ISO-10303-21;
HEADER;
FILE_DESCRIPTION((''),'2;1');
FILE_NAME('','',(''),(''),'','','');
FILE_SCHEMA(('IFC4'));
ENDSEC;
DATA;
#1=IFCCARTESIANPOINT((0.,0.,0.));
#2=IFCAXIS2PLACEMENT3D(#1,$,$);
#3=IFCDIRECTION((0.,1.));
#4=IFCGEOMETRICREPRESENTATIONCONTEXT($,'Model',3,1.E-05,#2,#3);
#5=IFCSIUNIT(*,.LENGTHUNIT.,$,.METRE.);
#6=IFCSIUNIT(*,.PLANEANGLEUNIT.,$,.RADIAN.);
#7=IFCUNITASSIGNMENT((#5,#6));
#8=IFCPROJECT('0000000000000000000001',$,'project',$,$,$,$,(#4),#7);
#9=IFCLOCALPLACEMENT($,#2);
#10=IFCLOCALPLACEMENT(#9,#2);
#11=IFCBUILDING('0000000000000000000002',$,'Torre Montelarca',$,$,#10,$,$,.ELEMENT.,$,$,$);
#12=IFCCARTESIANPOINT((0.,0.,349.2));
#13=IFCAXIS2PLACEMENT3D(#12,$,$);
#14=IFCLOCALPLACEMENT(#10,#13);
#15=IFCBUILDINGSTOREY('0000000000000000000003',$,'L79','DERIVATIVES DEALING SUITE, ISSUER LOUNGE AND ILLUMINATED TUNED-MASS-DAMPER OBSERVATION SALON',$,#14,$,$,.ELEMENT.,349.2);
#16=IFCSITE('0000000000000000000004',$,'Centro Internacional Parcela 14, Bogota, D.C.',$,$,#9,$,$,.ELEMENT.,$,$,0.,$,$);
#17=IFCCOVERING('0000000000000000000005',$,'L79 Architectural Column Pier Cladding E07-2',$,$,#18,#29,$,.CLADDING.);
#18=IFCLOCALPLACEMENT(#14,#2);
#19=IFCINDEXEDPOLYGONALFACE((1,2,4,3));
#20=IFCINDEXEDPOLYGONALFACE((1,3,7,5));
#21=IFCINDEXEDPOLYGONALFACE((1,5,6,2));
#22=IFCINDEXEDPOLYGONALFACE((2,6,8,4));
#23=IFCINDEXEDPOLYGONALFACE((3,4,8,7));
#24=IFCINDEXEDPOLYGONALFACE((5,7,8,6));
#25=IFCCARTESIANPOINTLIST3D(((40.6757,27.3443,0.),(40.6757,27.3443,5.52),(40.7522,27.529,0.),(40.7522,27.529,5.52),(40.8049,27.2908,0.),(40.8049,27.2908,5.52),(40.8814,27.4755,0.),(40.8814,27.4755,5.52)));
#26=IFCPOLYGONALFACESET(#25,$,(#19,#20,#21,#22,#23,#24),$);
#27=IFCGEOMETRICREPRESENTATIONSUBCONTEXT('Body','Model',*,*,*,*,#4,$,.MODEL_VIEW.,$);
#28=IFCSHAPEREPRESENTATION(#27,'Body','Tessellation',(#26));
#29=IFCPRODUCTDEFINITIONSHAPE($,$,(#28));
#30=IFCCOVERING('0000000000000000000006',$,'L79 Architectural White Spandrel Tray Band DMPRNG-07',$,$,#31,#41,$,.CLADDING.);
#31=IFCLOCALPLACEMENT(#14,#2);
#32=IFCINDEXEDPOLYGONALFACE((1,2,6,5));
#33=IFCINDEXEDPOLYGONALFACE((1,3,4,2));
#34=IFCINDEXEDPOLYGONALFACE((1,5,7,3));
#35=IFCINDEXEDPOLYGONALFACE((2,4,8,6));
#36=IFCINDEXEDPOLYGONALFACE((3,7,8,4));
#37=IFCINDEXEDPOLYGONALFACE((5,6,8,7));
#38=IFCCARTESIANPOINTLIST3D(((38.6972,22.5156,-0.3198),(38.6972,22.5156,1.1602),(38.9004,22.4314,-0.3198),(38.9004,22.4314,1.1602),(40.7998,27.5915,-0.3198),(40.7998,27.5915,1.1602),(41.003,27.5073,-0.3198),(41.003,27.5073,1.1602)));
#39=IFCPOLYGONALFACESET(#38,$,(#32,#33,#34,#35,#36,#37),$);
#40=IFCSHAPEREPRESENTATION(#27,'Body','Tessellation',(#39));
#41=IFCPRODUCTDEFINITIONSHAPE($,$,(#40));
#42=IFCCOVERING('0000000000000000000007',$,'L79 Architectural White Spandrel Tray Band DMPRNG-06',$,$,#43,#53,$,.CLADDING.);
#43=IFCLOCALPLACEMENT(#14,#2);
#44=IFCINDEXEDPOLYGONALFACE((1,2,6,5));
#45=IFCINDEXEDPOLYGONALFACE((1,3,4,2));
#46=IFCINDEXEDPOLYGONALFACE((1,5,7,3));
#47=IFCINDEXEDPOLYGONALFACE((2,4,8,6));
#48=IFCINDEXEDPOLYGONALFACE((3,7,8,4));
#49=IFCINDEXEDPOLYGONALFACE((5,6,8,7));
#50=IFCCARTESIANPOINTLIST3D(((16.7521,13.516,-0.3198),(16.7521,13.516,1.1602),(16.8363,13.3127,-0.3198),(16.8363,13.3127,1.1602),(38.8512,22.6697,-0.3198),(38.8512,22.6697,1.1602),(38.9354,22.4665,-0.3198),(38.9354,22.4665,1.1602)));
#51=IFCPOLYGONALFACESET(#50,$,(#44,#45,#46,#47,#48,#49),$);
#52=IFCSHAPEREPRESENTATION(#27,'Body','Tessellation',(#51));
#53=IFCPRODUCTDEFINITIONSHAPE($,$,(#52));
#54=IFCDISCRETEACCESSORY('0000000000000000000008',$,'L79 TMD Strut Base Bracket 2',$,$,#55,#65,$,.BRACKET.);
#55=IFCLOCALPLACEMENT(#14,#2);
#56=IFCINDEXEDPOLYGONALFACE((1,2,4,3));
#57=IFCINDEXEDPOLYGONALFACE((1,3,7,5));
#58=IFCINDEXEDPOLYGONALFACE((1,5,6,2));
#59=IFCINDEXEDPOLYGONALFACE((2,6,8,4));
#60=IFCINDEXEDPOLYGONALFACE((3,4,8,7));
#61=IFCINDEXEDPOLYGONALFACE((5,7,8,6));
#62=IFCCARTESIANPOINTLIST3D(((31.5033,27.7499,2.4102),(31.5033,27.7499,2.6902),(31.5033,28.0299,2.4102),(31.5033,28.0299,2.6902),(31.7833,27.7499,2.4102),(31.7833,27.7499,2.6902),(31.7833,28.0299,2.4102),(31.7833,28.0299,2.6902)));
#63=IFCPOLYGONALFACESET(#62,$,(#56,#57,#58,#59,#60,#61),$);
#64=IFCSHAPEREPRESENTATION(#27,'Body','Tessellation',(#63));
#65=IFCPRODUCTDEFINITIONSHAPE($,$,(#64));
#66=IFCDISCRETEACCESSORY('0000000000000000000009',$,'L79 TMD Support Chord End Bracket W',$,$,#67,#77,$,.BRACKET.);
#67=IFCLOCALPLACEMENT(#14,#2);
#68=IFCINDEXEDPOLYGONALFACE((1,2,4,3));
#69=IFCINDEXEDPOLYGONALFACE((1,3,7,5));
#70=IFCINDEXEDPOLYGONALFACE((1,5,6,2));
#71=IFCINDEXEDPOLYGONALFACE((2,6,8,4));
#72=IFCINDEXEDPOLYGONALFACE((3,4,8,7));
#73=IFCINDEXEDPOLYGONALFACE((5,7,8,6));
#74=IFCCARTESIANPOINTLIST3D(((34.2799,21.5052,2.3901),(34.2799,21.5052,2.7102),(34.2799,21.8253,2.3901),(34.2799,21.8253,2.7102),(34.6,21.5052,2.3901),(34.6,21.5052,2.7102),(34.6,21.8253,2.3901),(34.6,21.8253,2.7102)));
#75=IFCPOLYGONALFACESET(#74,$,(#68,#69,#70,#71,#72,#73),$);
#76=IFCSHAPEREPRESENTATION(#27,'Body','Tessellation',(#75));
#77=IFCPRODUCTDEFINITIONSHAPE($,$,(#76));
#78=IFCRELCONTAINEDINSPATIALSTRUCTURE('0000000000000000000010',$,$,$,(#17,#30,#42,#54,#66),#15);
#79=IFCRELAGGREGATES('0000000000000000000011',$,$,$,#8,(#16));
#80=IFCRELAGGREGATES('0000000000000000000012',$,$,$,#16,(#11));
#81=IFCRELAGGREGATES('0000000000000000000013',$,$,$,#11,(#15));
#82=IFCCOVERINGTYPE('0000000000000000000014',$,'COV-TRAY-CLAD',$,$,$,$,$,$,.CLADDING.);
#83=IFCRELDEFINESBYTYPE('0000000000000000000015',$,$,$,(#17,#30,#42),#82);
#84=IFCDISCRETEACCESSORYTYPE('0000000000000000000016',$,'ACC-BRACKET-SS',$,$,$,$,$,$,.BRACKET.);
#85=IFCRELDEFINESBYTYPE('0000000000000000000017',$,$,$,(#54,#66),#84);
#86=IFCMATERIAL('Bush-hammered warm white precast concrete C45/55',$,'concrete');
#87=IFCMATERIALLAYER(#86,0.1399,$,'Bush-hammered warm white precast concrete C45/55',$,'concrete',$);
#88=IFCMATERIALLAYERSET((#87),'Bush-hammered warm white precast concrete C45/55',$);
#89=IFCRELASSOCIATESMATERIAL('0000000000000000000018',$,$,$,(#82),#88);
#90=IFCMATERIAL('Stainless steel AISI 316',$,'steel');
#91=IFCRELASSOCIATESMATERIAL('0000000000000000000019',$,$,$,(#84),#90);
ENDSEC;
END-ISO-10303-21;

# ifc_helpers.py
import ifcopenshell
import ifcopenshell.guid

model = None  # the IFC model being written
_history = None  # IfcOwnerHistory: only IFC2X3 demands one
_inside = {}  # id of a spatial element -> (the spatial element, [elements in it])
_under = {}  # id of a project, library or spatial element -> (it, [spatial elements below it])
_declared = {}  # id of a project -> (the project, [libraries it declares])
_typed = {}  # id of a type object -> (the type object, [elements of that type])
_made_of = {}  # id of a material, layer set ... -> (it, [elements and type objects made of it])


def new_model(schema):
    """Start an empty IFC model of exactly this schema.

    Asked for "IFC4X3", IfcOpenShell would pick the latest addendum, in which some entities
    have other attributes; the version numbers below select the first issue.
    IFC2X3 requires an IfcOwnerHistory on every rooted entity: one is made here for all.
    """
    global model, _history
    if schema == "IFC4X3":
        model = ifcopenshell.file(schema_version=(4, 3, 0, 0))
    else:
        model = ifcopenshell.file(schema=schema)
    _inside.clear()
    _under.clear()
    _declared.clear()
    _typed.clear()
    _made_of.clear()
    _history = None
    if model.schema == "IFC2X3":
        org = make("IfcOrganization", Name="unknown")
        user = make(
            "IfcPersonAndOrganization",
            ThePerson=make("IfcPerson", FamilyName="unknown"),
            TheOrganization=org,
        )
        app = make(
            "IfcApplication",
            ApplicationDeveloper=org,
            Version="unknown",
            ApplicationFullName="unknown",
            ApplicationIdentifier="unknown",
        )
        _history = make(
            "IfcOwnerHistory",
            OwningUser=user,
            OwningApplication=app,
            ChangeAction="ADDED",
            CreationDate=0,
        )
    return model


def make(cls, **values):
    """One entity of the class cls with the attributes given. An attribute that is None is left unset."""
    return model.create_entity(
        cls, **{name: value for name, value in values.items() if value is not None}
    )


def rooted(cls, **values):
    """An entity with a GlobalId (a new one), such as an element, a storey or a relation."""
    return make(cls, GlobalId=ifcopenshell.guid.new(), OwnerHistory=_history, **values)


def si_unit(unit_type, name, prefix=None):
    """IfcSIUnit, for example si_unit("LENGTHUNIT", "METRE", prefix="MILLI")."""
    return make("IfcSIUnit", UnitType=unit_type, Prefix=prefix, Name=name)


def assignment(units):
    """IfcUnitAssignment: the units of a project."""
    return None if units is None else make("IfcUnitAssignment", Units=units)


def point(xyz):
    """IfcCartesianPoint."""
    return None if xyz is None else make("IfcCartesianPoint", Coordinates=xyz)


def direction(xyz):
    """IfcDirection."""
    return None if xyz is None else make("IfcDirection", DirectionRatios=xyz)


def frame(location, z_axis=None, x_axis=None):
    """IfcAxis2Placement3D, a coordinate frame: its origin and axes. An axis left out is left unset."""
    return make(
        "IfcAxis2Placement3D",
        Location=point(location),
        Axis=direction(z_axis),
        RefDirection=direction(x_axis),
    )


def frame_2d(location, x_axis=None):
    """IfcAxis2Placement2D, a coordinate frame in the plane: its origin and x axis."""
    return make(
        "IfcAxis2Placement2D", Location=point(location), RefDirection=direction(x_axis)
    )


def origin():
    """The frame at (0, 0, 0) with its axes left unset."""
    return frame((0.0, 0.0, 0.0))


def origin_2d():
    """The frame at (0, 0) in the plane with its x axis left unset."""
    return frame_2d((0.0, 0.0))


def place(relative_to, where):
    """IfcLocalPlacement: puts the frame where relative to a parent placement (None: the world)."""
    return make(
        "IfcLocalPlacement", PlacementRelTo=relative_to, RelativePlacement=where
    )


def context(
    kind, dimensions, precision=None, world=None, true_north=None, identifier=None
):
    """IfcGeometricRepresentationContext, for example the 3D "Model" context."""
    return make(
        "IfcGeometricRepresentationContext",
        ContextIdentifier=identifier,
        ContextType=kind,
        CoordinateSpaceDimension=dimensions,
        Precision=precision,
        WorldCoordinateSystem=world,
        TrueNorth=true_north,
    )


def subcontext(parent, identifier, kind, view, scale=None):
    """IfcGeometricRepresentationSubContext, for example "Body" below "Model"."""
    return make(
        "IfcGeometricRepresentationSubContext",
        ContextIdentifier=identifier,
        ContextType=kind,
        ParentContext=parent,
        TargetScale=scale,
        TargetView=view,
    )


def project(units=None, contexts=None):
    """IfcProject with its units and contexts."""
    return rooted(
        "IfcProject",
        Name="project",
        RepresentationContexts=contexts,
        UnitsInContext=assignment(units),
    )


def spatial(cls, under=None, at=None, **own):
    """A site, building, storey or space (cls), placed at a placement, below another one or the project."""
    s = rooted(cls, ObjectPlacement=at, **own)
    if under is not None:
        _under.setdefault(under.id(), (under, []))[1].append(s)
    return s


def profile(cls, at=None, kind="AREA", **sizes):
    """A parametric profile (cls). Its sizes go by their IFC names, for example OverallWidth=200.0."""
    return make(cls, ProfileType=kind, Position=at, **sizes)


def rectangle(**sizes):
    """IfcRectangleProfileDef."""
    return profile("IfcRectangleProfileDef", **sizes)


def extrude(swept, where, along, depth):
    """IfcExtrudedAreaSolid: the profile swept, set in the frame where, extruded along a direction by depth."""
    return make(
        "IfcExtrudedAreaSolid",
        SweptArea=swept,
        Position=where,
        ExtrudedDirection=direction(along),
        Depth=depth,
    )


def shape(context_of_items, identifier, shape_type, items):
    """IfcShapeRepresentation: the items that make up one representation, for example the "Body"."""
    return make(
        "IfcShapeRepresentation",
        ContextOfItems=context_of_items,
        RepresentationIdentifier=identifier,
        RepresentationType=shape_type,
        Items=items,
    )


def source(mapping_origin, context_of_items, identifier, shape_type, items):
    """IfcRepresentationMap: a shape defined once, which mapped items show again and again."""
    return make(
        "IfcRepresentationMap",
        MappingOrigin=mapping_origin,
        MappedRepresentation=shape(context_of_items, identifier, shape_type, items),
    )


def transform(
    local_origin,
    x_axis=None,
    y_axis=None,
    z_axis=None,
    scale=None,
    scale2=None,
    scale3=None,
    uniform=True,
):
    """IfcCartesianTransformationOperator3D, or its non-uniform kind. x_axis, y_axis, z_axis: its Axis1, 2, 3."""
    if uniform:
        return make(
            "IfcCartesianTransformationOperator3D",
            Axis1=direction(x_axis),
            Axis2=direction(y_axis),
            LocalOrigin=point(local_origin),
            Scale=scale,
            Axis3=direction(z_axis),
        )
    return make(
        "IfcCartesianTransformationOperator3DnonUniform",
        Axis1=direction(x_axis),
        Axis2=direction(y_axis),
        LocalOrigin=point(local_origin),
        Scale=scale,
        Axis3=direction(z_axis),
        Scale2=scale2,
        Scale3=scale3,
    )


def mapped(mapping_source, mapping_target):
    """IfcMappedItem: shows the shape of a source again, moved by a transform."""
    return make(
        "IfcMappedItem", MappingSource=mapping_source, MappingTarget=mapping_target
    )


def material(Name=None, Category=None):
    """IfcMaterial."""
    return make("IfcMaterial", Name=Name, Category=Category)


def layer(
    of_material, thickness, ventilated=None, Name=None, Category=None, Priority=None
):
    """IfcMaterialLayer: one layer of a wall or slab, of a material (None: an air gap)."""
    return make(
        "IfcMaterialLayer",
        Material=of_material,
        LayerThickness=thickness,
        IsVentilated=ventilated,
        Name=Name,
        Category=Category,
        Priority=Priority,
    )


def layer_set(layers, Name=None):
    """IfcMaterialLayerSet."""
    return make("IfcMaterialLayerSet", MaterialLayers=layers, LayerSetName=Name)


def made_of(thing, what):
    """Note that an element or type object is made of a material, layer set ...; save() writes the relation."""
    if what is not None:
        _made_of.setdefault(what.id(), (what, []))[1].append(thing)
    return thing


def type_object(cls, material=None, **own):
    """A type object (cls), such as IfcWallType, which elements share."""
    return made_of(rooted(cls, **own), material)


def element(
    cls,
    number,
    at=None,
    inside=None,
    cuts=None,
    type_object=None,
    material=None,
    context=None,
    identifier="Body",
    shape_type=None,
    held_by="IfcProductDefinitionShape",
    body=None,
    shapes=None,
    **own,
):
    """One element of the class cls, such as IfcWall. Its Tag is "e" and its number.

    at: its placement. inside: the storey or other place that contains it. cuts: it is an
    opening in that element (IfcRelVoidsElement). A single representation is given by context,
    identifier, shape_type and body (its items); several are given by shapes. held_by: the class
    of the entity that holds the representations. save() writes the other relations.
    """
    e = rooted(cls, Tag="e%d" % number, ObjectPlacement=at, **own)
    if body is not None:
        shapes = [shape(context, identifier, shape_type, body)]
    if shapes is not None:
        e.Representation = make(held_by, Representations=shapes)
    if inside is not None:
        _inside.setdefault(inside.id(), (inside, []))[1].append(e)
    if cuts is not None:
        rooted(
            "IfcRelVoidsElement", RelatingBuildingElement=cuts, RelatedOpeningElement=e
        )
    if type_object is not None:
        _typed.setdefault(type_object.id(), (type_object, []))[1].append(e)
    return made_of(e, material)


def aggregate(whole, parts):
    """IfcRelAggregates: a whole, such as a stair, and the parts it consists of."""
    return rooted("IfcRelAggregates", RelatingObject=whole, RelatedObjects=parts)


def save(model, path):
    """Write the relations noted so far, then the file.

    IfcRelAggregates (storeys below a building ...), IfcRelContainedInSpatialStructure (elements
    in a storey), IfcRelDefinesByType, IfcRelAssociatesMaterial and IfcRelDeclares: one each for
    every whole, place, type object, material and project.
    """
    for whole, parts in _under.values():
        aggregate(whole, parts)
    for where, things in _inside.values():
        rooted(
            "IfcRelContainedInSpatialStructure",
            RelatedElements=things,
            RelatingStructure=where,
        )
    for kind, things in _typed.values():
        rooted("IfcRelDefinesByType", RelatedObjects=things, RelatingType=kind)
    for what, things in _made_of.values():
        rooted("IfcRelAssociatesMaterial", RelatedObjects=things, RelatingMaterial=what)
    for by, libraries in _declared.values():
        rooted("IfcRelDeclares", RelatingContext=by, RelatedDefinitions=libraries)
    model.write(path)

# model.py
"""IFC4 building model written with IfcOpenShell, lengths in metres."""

from ifc_helpers import new_model, si_unit, direction, frame, origin, origin_2d, place, context, subcontext, project, spatial, rectangle, extrude, source, transform, mapped, material, layer, layer_set, type_object, element, save


model = new_model("IFC4")

# Units and contexts
model_context = context("Model", 3, precision=1e-05, world=origin(), true_north=direction((0.0, 1.0)))
body_context = subcontext(model_context, "Body", "Model", "MODEL_VIEW")
ifc_project = project(units=[si_unit("LENGTHUNIT", "METRE"), si_unit("PLANEANGLEUNIT", "RADIAN")], contexts=[model_context])

# Site, building, storey
site_placement = place(None, origin())
site = spatial("IfcSite", under=ifc_project, at=site_placement, Name="Centro Internacional Parcela 14, Bogota, D.C.", CompositionType="ELEMENT", RefElevation=0.0)
building_placement = place(site_placement, origin())
building = spatial("IfcBuilding", under=site, at=building_placement, Name="Torre Montelarca", CompositionType="ELEMENT")
storey_placement = place(building_placement, frame((0.0, 0.0, 349.2)))
storey = spatial("IfcBuildingStorey", under=building, at=storey_placement, Name="L79", Description="DERIVATIVES DEALING SUITE, ISSUER LOUNGE AND ILLUMINATED TUNED-MASS-DAMPER OBSERVATION SALON", CompositionType="ELEMENT", Elevation=349.2)

# Coverings
ifc_material_1 = material(Name="Bush-hammered warm white precast concrete C45/55", Category="concrete")
ifc_layer_1 = layer(ifc_material_1, 0.1399, Name="Bush-hammered warm white precast concrete C45/55", Category="concrete")
ifc_layer_set_1 = layer_set([ifc_layer_1], Name="Bush-hammered warm white precast concrete C45/55")
covering_type = type_object("IfcCoveringType", Name="COV-TRAY-CLAD", PredefinedType="CLADDING", material=ifc_layer_set_1)
shared_shape_1 = source(origin(), body_context, "Body", "SweptSolid", [
    extrude(rectangle(XDim=0.2, YDim=0.1399, at=origin_2d()), origin(), (0.0, 0.0, 1.0), 5.52),
])
for number, where, z_axis, x_axis, name in (
    (1, (40.7786, 27.4099, 0.0), (0.0, 0.0, 1.0), (0.38269, 0.923877, 0.0), "L79 Architectural Column Pier Cladding E07-2"),
):
    element("IfcCovering", number, at=place(storey_placement, frame(where, z_axis=z_axis, x_axis=x_axis)), inside=storey, type_object=covering_type, Name=name, PredefinedType="CLADDING", context=body_context, shape_type="MappedRepresentation", body=[
        mapped(shared_shape_1, transform((0.0, 0.0, 0.0), scale=1.0)),
    ])
shared_shape_2 = source(origin(), body_context, "Body", "SweptSolid", [
    extrude(rectangle(XDim=5.4941, YDim=0.22, at=origin_2d()), origin(), (0.0, 0.0, 1.0), 1.48),
])
covering_1_placement = place(storey_placement, frame((39.8501, 25.0115, -0.3198), z_axis=(0.0, 0.0, 1.0), x_axis=(0.382688, 0.923878, 0.0)))
element("IfcCovering", 2, at=covering_1_placement, inside=storey, type_object=covering_type, Name="L79 Architectural White Spandrel Tray Band DMPRNG-07", PredefinedType="CLADDING", context=body_context, shape_type="MappedRepresentation", body=[
    mapped(shared_shape_2, transform((0.0, 0.0, 0.0), scale=1.0)),
])
shared_shape_3 = source(origin(), body_context, "Body", "SweptSolid", [
    extrude(rectangle(XDim=23.9199, YDim=0.22, at=origin_2d()), origin(), (0.0, 0.0, 1.0), 1.48),
])
covering_2_placement = place(storey_placement, frame((27.8438, 17.9912, -0.3198), z_axis=(0.0, 0.0, 1.0), x_axis=(0.92388, 0.382682, 0.0)))
element("IfcCovering", 3, at=covering_2_placement, inside=storey, type_object=covering_type, Name="L79 Architectural White Spandrel Tray Band DMPRNG-06", PredefinedType="CLADDING", context=body_context, shape_type="MappedRepresentation", body=[
    mapped(shared_shape_3, transform((0.0, 0.0, 0.0), scale=1.0)),
])

# Discrete accessories
ifc_material_2 = material(Name="Stainless steel AISI 316", Category="steel")
discrete_accessory_type = type_object("IfcDiscreteAccessoryType", Name="ACC-BRACKET-SS", PredefinedType="BRACKET", material=ifc_material_2)
shared_shape_4 = source(origin(), body_context, "Body", "SweptSolid", [
    extrude(rectangle(XDim=0.28, YDim=0.28, at=origin_2d()), origin(), (0.0, 0.0, 1.0), 0.28),
])
discrete_accessory_1_placement = place(storey_placement, frame((31.6433, 27.8899, 2.4102), z_axis=(0.0, 0.0, 1.0), x_axis=(1.0, 0.0, 0.0)))
element("IfcDiscreteAccessory", 4, at=discrete_accessory_1_placement, inside=storey, type_object=discrete_accessory_type, Name="L79 TMD Strut Base Bracket 2", PredefinedType="BRACKET", context=body_context, shape_type="MappedRepresentation", body=[
    mapped(shared_shape_4, transform((0.0, 0.0, 0.0), scale=1.0)),
])
shared_shape_5 = source(origin(), body_context, "Body", "SweptSolid", [
    extrude(rectangle(XDim=0.3201, YDim=0.3201, at=origin_2d()), origin(), (0.0, 0.0, 1.0), 0.3201),
])
discrete_accessory_2_placement = place(storey_placement, frame((34.4399, 21.6653, 2.3901), z_axis=(0.0, 0.0, 1.0), x_axis=(1.0, 0.0, 0.0)))
element("IfcDiscreteAccessory", 5, at=discrete_accessory_2_placement, inside=storey, type_object=discrete_accessory_type, Name="L79 TMD Support Chord End Bracket W", PredefinedType="BRACKET", context=body_context, shape_type="MappedRepresentation", body=[
    mapped(shared_shape_5, transform((0.0, 0.0, 0.0), scale=1.0)),
])

save(model, "model.ifc")
